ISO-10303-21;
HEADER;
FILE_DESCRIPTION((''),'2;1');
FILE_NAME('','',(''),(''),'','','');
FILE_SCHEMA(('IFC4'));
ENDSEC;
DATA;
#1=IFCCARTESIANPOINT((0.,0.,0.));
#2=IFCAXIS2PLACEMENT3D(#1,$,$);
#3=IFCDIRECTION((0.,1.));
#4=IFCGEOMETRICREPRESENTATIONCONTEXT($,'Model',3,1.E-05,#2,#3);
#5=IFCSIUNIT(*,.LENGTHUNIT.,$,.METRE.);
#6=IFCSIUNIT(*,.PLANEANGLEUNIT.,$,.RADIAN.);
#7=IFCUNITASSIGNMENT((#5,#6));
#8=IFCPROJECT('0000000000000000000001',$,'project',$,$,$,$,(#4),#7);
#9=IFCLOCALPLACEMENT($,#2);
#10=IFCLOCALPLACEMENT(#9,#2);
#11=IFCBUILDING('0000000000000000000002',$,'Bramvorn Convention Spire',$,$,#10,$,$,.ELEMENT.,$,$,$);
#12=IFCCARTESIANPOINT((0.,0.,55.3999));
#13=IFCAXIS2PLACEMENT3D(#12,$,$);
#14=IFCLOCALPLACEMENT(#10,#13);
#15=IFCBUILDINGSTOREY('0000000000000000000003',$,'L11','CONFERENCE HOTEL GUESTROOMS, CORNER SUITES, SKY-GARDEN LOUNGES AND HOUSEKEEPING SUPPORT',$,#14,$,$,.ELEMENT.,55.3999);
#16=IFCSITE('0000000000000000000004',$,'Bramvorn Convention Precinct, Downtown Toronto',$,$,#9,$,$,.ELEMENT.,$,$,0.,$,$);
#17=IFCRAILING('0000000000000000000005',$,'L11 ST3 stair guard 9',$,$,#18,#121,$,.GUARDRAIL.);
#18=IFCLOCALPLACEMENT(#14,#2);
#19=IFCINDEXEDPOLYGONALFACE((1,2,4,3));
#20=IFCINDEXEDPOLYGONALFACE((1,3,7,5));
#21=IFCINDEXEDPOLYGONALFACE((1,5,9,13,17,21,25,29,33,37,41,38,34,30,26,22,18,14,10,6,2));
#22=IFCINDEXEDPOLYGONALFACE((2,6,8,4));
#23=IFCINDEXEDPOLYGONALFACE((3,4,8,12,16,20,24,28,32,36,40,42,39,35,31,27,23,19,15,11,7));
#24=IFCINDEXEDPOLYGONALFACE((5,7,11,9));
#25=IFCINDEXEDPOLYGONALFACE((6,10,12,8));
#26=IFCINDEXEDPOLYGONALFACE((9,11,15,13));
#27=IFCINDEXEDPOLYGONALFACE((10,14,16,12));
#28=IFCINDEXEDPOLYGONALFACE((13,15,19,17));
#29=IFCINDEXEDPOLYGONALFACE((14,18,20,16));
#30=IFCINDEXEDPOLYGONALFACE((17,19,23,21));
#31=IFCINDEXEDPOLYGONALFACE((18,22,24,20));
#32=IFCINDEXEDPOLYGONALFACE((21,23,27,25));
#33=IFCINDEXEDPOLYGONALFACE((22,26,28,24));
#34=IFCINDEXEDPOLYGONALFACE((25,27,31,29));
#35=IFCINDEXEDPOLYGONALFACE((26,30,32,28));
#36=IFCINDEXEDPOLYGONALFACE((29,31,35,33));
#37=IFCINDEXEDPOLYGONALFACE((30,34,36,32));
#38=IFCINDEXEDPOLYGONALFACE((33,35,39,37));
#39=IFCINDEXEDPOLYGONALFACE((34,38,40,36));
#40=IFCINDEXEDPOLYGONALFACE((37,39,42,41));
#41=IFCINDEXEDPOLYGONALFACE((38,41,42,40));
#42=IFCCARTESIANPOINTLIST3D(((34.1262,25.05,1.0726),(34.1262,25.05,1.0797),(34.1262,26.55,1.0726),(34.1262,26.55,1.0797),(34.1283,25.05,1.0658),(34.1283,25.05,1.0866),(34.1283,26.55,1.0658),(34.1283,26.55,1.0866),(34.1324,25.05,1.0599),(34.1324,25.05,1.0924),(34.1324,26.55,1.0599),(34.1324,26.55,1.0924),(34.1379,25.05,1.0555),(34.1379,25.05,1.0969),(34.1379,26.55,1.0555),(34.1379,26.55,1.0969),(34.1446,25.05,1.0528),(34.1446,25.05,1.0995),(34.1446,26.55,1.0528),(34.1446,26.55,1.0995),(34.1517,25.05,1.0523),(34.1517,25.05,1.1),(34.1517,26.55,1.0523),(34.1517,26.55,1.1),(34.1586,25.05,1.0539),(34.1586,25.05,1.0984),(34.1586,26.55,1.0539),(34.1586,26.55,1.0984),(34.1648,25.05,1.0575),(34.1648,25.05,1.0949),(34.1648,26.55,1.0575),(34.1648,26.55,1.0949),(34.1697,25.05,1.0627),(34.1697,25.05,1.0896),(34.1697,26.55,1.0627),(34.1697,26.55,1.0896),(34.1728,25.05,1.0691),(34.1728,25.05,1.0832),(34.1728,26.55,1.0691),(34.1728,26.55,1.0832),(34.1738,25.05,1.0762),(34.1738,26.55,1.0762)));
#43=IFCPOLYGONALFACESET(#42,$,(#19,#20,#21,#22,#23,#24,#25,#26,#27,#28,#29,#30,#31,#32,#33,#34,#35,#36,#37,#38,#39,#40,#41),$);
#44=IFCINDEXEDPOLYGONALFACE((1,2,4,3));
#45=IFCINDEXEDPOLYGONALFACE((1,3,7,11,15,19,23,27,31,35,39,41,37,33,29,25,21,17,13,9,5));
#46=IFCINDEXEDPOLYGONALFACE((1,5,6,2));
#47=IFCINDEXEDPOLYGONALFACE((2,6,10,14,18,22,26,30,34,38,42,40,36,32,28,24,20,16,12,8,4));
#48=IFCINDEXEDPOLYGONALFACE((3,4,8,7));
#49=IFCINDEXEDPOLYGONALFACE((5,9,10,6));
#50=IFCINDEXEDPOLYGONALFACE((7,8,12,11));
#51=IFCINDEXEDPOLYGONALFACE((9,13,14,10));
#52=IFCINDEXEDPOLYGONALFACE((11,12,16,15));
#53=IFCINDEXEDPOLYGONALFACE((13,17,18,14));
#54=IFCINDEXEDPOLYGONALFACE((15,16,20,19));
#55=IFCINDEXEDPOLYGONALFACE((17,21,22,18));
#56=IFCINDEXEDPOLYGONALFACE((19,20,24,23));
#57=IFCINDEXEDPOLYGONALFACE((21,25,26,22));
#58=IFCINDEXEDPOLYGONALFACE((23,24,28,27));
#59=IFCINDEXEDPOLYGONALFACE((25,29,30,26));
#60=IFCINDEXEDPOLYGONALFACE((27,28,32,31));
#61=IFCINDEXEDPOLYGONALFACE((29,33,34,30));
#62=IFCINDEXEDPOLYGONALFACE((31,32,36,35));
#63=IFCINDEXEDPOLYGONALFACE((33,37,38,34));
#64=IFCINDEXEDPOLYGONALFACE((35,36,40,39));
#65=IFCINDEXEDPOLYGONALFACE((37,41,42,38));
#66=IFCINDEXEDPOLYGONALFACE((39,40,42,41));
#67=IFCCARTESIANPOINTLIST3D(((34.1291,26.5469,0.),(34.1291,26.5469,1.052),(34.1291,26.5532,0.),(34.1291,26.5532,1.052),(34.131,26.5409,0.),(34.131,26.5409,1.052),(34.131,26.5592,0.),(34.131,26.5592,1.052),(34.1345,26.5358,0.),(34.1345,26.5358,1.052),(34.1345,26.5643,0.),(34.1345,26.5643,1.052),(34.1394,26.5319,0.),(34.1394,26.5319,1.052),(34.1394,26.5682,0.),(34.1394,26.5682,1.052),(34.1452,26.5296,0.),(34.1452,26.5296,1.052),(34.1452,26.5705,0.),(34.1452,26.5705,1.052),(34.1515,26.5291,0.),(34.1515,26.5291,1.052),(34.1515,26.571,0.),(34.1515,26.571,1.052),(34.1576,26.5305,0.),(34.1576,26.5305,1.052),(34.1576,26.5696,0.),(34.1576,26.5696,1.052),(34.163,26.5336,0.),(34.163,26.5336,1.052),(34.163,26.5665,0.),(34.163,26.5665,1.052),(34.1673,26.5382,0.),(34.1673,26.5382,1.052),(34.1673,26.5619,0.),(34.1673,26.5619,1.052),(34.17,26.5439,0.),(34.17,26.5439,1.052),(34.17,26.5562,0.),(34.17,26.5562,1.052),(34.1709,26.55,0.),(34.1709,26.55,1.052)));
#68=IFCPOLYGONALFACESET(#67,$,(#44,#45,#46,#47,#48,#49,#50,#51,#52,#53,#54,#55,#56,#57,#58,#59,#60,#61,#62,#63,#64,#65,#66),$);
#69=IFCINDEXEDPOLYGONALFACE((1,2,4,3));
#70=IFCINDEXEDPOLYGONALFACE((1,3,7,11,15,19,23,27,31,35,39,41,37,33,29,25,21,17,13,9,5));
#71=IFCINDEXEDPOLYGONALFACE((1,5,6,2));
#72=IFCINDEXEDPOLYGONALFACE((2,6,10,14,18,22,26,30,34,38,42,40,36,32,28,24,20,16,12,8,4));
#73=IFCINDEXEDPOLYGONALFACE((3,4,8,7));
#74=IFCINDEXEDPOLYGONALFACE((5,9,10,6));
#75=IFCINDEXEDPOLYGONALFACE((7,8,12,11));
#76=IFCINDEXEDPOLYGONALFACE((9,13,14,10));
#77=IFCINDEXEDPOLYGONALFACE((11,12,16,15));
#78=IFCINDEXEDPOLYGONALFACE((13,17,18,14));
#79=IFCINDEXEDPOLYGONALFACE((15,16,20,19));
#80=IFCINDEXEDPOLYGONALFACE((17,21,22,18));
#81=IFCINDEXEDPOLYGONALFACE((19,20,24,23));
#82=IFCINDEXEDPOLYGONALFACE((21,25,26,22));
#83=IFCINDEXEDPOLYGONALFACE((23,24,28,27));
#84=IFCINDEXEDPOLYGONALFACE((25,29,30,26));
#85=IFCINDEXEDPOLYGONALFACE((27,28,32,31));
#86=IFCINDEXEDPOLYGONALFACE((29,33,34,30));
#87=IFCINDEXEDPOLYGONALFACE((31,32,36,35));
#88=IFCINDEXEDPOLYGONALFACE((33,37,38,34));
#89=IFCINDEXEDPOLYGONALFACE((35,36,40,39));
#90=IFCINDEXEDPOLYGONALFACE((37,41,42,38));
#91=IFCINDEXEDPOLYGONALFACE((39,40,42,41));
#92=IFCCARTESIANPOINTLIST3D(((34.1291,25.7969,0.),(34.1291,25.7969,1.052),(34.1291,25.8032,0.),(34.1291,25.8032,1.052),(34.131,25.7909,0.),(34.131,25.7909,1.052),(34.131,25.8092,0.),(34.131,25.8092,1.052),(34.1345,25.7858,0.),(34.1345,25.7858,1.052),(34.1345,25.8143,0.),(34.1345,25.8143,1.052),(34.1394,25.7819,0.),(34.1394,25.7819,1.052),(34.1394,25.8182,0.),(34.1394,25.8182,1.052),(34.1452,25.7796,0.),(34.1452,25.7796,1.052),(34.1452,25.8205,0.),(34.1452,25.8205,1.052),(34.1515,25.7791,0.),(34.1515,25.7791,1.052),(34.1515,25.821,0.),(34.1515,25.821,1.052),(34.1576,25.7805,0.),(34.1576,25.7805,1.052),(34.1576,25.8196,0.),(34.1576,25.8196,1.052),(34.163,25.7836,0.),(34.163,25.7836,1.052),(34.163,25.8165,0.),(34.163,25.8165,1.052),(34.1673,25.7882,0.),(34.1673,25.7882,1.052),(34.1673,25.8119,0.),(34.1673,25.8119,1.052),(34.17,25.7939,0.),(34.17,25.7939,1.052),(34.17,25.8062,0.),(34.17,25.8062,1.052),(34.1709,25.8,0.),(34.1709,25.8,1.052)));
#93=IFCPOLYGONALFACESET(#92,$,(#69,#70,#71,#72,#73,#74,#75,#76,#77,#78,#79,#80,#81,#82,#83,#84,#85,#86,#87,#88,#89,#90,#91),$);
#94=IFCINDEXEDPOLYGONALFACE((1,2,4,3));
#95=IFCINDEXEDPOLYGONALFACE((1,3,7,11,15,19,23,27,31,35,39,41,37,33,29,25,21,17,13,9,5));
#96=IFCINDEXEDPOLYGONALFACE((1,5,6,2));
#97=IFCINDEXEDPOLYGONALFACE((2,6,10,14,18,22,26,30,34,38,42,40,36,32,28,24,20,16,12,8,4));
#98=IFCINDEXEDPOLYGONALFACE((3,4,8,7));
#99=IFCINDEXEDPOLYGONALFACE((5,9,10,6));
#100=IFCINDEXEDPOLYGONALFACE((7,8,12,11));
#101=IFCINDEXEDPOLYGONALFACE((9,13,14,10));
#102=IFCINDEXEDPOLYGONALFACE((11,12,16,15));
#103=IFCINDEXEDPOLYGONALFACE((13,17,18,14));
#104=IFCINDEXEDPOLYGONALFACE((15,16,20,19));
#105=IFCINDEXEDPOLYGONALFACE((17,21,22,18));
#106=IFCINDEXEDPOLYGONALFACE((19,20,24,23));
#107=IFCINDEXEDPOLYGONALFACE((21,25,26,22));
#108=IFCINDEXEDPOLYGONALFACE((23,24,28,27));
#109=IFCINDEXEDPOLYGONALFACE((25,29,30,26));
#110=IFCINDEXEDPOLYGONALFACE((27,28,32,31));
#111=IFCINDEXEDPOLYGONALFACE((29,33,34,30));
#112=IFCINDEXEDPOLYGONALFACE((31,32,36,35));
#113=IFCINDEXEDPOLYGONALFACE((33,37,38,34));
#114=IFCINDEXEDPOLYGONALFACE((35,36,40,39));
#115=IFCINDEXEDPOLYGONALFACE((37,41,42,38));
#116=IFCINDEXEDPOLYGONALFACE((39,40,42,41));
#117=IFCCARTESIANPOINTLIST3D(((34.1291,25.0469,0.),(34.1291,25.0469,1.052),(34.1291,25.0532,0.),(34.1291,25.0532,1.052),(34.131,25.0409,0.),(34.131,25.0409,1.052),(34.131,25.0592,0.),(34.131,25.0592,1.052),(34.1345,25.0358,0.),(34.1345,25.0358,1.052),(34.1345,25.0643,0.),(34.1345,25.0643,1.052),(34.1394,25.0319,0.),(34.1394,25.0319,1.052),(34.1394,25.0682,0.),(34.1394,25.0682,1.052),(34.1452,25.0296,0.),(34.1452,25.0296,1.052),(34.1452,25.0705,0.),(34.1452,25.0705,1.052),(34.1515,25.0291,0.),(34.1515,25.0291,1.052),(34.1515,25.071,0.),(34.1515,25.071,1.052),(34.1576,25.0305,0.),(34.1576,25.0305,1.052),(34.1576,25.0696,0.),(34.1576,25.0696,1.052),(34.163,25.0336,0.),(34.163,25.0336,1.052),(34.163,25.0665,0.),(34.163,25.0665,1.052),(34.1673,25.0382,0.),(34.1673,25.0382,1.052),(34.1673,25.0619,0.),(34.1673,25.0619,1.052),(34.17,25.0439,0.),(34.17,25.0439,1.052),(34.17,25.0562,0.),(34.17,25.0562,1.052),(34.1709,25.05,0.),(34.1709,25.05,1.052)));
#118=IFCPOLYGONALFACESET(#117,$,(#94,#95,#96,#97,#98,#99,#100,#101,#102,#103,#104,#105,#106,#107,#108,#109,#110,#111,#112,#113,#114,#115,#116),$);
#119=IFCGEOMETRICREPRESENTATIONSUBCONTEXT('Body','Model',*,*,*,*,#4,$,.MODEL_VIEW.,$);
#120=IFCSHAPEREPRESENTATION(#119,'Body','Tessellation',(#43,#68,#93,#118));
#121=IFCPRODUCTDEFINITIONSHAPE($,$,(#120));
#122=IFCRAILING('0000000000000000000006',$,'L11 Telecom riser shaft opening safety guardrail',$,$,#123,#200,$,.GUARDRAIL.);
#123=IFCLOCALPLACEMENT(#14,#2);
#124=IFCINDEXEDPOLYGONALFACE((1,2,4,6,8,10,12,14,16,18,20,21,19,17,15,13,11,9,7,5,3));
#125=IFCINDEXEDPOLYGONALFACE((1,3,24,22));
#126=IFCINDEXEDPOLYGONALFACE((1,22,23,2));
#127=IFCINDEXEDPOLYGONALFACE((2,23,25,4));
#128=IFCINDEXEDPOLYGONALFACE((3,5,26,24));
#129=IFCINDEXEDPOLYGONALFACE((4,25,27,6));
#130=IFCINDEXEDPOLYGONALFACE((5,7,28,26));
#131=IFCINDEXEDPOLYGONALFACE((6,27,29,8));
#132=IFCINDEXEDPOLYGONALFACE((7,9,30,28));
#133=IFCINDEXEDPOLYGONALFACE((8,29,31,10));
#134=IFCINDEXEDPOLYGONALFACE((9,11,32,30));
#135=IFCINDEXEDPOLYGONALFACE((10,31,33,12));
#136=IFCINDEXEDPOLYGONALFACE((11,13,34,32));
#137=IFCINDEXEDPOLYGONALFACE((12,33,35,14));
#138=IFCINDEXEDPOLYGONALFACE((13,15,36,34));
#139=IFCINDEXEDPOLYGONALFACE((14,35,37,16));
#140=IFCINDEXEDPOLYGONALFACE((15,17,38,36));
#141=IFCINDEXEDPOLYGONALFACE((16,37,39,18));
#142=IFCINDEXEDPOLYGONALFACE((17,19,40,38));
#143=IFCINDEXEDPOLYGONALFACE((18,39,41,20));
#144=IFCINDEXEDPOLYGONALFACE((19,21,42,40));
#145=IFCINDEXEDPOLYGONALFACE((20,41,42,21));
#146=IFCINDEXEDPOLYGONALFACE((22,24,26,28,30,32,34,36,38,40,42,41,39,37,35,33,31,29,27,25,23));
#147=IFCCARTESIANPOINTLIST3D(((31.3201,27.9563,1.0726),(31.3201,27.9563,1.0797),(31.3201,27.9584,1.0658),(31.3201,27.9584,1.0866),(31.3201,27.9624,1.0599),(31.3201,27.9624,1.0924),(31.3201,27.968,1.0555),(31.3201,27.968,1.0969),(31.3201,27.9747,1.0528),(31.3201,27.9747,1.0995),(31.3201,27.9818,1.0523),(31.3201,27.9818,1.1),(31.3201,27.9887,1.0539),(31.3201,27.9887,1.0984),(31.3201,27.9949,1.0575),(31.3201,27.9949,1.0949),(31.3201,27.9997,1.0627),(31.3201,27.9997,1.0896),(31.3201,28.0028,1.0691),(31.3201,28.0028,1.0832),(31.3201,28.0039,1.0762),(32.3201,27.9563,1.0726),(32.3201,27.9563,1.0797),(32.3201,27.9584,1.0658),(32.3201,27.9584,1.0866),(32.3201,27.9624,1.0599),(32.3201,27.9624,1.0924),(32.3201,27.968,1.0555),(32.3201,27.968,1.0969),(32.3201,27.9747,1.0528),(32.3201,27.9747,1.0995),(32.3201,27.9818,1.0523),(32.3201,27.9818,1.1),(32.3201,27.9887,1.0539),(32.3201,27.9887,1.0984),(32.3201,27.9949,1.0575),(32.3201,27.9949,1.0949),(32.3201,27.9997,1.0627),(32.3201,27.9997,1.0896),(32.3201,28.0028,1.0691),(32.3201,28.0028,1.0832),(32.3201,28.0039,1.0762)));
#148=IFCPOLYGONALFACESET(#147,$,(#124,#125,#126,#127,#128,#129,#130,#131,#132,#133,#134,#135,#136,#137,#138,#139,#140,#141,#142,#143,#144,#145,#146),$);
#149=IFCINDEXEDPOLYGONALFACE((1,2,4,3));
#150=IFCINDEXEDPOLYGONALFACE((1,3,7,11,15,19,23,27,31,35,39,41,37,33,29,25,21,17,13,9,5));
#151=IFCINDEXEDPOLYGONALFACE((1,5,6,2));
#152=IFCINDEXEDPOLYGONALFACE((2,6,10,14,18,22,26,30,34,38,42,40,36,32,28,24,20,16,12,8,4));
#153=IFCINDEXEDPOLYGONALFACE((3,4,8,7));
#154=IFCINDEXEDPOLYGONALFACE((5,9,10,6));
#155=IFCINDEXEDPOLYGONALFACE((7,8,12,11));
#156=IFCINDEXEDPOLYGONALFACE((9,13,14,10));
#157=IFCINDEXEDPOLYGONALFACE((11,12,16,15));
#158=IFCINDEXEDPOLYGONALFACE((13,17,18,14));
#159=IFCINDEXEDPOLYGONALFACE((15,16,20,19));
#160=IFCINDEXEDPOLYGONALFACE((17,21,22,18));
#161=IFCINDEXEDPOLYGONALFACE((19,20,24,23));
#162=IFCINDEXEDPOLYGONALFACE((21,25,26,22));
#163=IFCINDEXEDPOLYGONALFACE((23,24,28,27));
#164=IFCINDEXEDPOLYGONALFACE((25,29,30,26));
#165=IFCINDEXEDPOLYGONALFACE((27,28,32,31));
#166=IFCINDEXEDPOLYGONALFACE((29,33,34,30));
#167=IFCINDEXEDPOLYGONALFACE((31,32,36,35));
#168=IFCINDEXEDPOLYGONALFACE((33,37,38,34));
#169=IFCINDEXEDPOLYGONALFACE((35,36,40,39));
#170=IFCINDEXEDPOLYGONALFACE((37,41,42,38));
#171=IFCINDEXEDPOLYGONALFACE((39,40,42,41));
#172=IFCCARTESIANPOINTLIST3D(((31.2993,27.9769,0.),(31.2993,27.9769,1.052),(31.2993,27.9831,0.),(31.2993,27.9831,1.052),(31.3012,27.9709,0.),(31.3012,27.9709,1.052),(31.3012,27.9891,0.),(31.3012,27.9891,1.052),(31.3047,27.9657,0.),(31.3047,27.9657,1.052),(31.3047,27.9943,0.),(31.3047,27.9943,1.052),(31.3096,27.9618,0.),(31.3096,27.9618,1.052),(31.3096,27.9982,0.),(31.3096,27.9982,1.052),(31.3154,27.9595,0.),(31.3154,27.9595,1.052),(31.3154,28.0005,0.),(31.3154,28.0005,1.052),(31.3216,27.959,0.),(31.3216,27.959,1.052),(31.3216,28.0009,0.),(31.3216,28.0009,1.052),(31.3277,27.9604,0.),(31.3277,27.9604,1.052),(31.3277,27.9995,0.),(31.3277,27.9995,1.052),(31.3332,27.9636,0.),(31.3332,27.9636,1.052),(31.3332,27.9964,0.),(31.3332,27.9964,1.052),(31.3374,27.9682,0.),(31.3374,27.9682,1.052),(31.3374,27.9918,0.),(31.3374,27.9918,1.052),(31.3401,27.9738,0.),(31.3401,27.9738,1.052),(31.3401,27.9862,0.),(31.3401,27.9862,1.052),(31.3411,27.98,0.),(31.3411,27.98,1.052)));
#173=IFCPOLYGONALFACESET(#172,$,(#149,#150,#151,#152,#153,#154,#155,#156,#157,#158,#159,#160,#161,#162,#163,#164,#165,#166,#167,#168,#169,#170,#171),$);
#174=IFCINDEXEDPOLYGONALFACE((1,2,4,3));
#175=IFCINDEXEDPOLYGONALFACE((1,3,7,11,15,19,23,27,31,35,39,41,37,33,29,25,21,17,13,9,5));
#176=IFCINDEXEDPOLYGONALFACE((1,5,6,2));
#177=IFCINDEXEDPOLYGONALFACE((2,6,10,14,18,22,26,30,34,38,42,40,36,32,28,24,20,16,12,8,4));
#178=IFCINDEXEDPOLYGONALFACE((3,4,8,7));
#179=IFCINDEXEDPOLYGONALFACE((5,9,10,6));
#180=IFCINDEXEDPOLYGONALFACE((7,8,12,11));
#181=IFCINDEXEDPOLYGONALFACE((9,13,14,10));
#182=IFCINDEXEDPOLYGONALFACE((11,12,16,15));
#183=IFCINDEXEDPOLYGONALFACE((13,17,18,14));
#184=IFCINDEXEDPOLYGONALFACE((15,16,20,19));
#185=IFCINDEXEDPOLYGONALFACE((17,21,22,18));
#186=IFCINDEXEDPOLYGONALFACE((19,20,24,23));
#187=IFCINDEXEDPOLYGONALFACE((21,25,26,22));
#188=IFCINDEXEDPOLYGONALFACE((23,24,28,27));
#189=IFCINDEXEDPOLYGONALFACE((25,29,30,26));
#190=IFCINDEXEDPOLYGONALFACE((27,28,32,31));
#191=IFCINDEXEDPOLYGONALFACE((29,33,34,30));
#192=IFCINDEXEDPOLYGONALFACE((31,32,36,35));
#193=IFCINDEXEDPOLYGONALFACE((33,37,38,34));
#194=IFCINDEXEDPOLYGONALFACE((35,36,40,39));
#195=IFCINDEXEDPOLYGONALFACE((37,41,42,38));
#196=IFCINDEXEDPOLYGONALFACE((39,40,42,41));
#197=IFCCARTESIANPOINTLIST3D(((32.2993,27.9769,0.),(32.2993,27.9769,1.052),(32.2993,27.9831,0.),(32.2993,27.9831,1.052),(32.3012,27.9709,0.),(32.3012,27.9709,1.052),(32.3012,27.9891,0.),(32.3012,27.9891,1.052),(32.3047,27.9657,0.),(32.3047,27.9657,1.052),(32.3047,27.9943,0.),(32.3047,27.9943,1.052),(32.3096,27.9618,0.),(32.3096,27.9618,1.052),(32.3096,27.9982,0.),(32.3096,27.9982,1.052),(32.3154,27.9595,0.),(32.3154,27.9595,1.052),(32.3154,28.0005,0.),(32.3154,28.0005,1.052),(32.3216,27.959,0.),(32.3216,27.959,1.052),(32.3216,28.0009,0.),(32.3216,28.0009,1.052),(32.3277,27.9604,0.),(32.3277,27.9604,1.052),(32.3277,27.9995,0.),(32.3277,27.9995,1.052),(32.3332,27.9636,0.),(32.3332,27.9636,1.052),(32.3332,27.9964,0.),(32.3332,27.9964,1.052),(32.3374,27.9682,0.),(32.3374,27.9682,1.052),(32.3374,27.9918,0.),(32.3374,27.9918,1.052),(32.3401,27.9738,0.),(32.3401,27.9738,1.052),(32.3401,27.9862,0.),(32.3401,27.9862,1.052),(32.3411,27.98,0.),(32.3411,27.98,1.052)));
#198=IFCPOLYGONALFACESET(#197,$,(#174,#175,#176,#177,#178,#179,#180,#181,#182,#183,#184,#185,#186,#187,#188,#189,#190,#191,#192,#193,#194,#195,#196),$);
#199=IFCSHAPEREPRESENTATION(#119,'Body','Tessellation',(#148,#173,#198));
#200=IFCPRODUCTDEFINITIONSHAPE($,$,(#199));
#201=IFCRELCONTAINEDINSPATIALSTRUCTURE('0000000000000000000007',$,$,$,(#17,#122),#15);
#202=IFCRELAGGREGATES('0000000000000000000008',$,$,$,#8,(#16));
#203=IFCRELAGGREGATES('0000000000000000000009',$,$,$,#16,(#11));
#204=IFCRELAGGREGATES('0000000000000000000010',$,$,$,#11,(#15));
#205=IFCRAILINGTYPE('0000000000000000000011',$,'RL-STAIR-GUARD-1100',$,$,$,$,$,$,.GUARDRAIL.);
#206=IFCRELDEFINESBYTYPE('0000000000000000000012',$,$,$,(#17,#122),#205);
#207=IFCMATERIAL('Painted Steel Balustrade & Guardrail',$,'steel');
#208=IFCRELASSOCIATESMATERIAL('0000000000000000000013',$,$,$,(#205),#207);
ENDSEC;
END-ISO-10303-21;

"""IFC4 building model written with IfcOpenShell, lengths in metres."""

from ifc_helpers import new_model, si_unit, direction, frame, origin, origin_2d, place, context, subcontext, project, spatial, circle, extrude, material, type_object, element, save


model = new_model("IFC4")

# Units and contexts
model_context = context("Model", 3, precision=1e-05, world=origin(), true_north=direction((0.0, 1.0)))
body_context = subcontext(model_context, "Body", "Model", "MODEL_VIEW")
ifc_project = project(units=[si_unit("LENGTHUNIT", "METRE"), si_unit("PLANEANGLEUNIT", "RADIAN")], contexts=[model_context])

# Site, building, storey
site_placement = place(None, origin())
site = spatial("IfcSite", under=ifc_project, at=site_placement, Name="Bramvorn Convention Precinct, Downtown Toronto", CompositionType="ELEMENT", RefElevation=0.0)
building_placement = place(site_placement, origin())
building = spatial("IfcBuilding", under=site, at=building_placement, Name="Bramvorn Convention Spire", CompositionType="ELEMENT")
storey_placement = place(building_placement, frame((0.0, 0.0, 55.3999)))
storey = spatial("IfcBuildingStorey", under=building, at=storey_placement, Name="L11", Description="CONFERENCE HOTEL GUESTROOMS, CORNER SUITES, SKY-GARDEN LOUNGES AND HOUSEKEEPING SUPPORT", CompositionType="ELEMENT", Elevation=55.3999)

# Railings
ifc_material_1 = material(Name="Painted Steel Balustrade & Guardrail", Category="steel")
railing_type = type_object("IfcRailingType", Name="RL-STAIR-GUARD-1100", PredefinedType="GUARDRAIL", material=ifc_material_1)
for number, where, name in (
    (1, (34.1499, 26.55, 0.0), "L11 ST3 stair guard 9"),
):
    element("IfcRailing", number, at=place(storey_placement, frame(where)), inside=storey, type_object=railing_type, Name=name, PredefinedType="GUARDRAIL", context=body_context, shape_type="SweptSolid", body=[
        extrude(circle(Radius=0.0239, at=origin_2d()), frame((0.0, 0.0, 1.0762), z_axis=(0.0, -1.0, 0.0), x_axis=(1.0, 0.0, 0.0)), (0.0, 0.0, 1.0), 1.5),
        extrude(circle(Radius=0.021, at=origin_2d()), origin(), (0.0, 0.0, 1.0), 1.052),
        extrude(circle(Radius=0.021, at=origin_2d()), frame((0.0, -0.75, 0.0)), (0.0, 0.0, 1.0), 1.052),
        extrude(circle(Radius=0.021, at=origin_2d()), frame((0.0, -1.5, 0.0)), (0.0, 0.0, 1.0), 1.052),
    ])
railing_1_placement = place(storey_placement, frame((31.3201, 27.98, 0.0)))
element("IfcRailing", 2, at=railing_1_placement, inside=storey, type_object=railing_type, Name="L11 Telecom riser shaft opening safety guardrail", PredefinedType="GUARDRAIL", context=body_context, shape_type="SweptSolid", body=[
    extrude(circle(Radius=0.0239, at=origin_2d()), frame((0.0, 0.0, 1.0762), z_axis=(1.0, 0.0, 0.0), x_axis=(0.0, 1.0, 0.0)), (0.0, 0.0, 1.0), 1.0),
    extrude(circle(Radius=0.021, at=origin_2d()), origin(), (0.0, 0.0, 1.0), 1.052),
    extrude(circle(Radius=0.021, at=origin_2d()), frame((1.0, 0.0, 0.0)), (0.0, 0.0, 1.0), 1.052),
])

save(model, "model.ifc")
